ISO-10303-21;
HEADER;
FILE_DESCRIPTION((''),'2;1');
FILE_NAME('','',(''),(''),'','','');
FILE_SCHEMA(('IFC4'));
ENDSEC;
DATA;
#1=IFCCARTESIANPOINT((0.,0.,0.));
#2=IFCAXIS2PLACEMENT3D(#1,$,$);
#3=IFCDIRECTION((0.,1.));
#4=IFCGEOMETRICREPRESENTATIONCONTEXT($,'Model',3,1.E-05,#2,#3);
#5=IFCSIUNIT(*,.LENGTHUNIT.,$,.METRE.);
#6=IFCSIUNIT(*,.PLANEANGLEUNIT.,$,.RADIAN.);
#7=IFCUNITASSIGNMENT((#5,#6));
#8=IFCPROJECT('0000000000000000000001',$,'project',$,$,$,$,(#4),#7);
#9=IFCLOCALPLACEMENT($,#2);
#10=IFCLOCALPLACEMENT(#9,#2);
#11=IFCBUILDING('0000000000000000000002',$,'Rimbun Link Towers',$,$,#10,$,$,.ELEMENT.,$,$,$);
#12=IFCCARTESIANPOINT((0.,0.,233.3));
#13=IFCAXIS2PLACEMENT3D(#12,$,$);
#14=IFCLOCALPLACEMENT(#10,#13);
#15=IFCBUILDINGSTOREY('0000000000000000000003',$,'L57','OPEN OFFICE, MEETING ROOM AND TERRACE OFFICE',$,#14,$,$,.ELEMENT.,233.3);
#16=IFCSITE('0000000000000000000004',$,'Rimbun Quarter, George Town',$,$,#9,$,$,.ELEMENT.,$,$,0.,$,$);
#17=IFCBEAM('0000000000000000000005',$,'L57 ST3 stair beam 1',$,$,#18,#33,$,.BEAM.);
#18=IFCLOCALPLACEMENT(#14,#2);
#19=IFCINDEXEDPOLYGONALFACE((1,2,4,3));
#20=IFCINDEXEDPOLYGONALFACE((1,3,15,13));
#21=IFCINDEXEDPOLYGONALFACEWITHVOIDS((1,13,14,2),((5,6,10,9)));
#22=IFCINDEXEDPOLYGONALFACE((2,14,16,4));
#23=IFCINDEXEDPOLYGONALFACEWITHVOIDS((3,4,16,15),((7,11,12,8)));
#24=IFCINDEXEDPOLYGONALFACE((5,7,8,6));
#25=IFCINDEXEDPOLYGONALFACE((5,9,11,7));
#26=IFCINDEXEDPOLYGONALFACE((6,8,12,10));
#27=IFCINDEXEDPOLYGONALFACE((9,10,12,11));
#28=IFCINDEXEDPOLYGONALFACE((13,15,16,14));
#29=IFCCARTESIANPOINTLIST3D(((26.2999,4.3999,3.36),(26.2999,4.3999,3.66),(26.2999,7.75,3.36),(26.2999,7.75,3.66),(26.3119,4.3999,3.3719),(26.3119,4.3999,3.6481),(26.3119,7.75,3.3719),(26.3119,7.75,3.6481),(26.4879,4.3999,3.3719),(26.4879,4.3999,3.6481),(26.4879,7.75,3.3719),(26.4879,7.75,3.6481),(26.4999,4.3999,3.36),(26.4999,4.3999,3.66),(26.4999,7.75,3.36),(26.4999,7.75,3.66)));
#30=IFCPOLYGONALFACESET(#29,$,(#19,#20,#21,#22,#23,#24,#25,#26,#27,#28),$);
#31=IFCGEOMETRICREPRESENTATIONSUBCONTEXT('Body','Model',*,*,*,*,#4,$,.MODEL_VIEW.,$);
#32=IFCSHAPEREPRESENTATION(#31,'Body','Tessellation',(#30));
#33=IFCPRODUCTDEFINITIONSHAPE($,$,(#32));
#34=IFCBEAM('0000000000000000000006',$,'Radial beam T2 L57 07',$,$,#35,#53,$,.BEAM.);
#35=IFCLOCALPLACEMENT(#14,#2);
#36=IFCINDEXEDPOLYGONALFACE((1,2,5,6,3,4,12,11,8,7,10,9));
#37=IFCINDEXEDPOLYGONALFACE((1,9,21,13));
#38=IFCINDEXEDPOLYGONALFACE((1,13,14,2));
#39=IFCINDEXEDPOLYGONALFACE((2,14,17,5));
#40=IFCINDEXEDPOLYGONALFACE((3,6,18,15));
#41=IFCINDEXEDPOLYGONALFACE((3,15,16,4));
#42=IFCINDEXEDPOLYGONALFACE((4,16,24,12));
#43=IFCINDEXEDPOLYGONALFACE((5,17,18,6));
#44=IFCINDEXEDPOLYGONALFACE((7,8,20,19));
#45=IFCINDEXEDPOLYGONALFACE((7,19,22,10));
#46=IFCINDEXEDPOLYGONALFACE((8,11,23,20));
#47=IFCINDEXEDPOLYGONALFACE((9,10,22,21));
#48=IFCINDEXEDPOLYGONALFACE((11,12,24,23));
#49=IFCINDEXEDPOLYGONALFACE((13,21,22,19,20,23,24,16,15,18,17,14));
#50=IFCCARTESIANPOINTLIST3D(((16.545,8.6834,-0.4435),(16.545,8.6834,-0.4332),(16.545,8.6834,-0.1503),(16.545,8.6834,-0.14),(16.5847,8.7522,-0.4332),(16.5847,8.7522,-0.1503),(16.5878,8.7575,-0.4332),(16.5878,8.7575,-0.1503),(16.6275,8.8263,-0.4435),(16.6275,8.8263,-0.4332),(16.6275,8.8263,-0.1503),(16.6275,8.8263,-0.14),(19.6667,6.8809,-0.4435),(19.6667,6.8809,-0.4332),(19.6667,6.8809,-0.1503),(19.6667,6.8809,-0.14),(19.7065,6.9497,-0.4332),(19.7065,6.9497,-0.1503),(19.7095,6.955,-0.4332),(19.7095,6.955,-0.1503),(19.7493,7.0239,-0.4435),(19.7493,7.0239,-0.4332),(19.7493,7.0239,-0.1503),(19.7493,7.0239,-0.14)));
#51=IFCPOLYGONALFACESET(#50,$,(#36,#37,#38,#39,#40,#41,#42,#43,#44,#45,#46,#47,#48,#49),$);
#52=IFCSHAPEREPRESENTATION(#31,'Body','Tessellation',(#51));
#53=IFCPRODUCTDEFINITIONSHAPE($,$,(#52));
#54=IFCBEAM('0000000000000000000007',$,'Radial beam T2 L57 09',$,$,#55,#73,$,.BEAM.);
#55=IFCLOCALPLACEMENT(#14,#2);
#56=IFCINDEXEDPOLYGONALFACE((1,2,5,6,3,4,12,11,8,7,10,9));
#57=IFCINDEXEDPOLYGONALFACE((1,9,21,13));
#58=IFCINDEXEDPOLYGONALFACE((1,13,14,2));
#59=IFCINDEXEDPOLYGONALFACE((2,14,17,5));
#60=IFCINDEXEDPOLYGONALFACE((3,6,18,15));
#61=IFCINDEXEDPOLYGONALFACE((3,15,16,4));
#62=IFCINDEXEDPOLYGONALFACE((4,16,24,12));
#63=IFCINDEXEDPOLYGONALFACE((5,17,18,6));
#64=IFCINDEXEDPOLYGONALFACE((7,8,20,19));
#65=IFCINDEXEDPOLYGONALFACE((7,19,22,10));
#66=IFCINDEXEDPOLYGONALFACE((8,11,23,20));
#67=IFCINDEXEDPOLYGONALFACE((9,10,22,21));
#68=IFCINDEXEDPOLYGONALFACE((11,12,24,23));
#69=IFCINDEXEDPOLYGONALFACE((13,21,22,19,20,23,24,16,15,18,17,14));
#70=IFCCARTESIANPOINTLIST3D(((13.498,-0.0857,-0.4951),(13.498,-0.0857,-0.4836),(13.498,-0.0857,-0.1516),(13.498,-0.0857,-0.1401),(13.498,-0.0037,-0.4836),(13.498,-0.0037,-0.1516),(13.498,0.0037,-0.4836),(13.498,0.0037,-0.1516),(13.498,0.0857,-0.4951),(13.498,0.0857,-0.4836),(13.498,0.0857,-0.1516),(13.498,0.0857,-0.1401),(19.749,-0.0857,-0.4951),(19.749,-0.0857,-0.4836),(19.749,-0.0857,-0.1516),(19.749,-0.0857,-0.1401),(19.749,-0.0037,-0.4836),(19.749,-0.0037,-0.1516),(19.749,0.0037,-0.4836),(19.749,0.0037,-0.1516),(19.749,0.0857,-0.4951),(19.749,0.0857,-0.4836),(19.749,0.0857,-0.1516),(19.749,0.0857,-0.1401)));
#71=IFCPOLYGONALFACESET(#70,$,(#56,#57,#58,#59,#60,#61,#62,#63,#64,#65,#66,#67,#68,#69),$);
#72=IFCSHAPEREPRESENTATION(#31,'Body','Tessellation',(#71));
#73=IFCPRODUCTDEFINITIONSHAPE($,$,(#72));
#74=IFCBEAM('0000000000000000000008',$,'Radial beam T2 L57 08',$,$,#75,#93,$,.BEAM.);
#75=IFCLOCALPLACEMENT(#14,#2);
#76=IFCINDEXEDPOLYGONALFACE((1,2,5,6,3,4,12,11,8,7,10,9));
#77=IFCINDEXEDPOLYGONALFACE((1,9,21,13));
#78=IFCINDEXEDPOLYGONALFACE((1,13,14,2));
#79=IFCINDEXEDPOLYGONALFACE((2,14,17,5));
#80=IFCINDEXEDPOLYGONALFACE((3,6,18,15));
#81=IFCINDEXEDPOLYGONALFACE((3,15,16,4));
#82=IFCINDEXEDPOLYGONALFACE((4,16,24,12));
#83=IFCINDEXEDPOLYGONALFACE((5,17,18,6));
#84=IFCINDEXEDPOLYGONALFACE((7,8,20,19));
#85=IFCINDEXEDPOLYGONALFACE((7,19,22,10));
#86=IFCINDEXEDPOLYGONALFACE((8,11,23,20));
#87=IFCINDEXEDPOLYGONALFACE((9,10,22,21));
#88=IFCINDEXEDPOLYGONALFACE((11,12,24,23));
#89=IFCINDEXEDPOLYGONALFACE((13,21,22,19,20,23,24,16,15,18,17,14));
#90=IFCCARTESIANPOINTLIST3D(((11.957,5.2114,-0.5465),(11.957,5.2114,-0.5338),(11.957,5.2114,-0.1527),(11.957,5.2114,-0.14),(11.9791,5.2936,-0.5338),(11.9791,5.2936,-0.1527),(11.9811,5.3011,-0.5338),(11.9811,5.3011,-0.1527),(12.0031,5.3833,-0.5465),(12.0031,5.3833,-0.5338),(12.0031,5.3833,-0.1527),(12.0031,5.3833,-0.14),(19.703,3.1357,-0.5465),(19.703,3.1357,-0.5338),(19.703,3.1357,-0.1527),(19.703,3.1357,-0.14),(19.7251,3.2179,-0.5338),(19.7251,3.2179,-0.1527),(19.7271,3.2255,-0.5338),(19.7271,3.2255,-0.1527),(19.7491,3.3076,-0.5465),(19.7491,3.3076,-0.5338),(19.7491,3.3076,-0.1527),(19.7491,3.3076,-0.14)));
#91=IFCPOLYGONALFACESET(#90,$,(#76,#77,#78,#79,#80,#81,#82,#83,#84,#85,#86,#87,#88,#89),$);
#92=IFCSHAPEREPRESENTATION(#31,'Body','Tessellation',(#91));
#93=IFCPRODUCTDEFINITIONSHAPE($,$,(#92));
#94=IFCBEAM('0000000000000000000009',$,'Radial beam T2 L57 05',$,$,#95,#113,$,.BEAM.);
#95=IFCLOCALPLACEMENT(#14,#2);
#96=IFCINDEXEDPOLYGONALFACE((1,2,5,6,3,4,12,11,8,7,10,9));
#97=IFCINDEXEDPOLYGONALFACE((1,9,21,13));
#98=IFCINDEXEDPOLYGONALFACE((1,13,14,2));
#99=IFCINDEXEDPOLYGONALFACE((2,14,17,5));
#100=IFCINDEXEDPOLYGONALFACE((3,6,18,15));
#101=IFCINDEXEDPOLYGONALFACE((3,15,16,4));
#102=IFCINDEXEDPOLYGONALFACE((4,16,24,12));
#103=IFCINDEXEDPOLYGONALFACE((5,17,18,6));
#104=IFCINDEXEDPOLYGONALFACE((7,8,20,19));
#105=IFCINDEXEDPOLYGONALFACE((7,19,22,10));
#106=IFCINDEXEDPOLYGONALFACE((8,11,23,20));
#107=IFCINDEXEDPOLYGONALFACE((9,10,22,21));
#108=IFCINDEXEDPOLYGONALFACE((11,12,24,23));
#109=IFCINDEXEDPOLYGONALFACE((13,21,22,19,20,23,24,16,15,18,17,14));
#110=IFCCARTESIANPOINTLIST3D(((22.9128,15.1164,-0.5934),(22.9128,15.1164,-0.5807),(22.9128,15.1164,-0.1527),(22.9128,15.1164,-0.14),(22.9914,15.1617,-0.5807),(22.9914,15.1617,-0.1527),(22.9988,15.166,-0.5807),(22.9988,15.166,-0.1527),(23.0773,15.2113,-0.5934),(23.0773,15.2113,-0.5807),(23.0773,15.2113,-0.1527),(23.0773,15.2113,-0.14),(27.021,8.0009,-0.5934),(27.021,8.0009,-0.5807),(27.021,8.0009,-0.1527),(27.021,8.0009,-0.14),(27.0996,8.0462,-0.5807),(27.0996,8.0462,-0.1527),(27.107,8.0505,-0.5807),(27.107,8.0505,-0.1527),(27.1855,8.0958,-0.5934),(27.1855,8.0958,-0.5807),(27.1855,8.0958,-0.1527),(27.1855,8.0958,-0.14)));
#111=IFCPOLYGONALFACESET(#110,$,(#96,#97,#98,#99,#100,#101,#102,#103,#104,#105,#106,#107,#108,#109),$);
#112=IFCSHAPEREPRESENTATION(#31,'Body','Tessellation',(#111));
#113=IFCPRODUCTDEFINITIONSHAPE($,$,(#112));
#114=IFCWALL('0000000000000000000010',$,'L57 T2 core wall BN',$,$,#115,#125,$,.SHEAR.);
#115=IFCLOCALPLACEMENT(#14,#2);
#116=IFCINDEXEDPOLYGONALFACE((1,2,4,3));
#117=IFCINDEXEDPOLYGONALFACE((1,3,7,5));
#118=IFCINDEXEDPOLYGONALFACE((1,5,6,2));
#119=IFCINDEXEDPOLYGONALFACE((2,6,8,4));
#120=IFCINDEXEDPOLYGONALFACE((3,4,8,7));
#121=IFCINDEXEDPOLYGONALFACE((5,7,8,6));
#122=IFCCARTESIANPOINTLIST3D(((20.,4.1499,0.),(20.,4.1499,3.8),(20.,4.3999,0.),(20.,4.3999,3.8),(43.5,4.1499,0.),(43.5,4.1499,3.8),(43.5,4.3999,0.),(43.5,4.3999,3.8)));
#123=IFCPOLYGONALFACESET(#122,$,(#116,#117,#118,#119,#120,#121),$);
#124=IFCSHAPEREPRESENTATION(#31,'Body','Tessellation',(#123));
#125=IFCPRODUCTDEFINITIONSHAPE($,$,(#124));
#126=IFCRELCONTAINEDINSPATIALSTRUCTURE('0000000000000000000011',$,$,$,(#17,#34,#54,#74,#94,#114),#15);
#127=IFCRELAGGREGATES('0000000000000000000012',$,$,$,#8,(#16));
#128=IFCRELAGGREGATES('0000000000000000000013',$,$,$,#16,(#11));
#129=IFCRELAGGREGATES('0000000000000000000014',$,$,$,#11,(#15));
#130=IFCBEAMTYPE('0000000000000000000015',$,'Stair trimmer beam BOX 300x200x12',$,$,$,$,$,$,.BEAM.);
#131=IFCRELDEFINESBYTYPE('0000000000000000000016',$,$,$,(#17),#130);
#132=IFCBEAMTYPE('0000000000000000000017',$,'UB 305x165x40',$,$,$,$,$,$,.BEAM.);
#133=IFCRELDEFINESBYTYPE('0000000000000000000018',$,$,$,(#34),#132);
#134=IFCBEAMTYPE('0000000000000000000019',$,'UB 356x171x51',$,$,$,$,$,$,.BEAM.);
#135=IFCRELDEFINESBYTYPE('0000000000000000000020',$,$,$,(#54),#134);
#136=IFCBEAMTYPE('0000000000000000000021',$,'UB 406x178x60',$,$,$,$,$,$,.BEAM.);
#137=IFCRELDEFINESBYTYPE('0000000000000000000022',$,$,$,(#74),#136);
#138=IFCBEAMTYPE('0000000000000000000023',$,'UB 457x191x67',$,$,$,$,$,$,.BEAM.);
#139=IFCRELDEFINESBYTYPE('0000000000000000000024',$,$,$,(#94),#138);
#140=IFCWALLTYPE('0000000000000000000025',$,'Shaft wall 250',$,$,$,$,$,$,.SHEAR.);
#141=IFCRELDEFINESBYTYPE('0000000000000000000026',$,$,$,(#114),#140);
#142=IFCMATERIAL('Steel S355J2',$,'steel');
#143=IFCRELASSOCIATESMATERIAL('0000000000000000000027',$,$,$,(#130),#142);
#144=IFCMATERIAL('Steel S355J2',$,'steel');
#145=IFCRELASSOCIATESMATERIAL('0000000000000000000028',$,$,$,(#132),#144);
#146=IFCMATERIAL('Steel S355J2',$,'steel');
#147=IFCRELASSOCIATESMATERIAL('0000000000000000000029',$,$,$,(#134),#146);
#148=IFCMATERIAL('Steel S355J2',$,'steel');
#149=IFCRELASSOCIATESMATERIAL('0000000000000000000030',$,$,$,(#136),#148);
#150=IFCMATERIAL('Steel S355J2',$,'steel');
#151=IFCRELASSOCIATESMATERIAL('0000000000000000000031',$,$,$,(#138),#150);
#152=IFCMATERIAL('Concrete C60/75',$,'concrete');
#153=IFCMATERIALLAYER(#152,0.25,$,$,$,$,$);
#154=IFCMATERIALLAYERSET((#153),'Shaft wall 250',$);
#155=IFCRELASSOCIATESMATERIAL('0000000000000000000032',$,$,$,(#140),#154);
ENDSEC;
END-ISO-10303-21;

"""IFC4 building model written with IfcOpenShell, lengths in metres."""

from ifc_helpers import new_model, si_unit, direction, frame, frame_2d, origin, origin_2d, place, context, subcontext, project, spatial, rectangle, hollow_rectangle, i_section, extrude, material, layer, layer_set, material_profile, profile_set, type_object, element, save


model = new_model("IFC4")

# Units and contexts
model_context = context("Model", 3, precision=1e-05, world=origin(), true_north=direction((0.0, 1.0)))
body_context = subcontext(model_context, "Body", "Model", "MODEL_VIEW")
ifc_project = project(units=[si_unit("LENGTHUNIT", "METRE"), si_unit("PLANEANGLEUNIT", "RADIAN")], contexts=[model_context])

# Site, building, storey
site_placement = place(None, origin())
site = spatial("IfcSite", under=ifc_project, at=site_placement, Name="Rimbun Quarter, George Town", CompositionType="ELEMENT", RefElevation=0.0)
building_placement = place(site_placement, origin())
building = spatial("IfcBuilding", under=site, at=building_placement, Name="Rimbun Link Towers", CompositionType="ELEMENT")
storey_placement = place(building_placement, frame((0.0, 0.0, 233.3)))
storey = spatial("IfcBuildingStorey", under=building, at=storey_placement, Name="L57", Description="OPEN OFFICE, MEETING ROOM AND TERRACE OFFICE", CompositionType="ELEMENT", Elevation=233.3)

# Beams
ifc_material_1 = material(Name="Steel S355J2", Category="steel")
ifc_material_profile_1 = material_profile(ifc_material_1, hollow_rectangle(XDim=0.2, YDim=0.3, WallThickness=0.012, at=origin_2d()), Name="BOX 300x200x12")
ifc_profile_set_1 = profile_set([ifc_material_profile_1], Name="Steel S355J2")
beam_type_1 = type_object("IfcBeamType", Name="Stair trimmer beam BOX 300x200x12", PredefinedType="BEAM", material=ifc_profile_set_1)
beam_1_placement = place(storey_placement, frame((26.3999, 7.75, 3.51), z_axis=(0.0, -1.0, 0.0), x_axis=(1.0, 0.0, 0.0)))
element("IfcBeam", 1, at=beam_1_placement, inside=storey, type_object=beam_type_1, Name="L57 ST3 stair beam 1", PredefinedType="BEAM", context=body_context, shape_type="SweptSolid", body=[
    extrude(hollow_rectangle(XDim=0.2, YDim=0.3, WallThickness=0.012, at=origin_2d()), origin(), (0.0, 0.0, 1.0), 3.3501),
])
ifc_material_2 = material(Name="Steel S355J2", Category="steel")
ifc_material_profile_2 = material_profile(ifc_material_2, i_section(OverallWidth=0.165, OverallDepth=0.3035, WebThickness=0.0061, FlangeThickness=0.0103, at=origin_2d()), Name="UB 305x165x40")
ifc_profile_set_2 = profile_set([ifc_material_profile_2], Name="Steel S355J2")
beam_type_2 = type_object("IfcBeamType", Name="UB 305x165x40", PredefinedType="BEAM", material=ifc_profile_set_2)
beam_2_placement = place(storey_placement, frame((19.708, 6.9524, -0.2917), z_axis=(-0.866013, 0.500021, 0.0), x_axis=(-0.500021, -0.866013, 0.0)))
element("IfcBeam", 2, at=beam_2_placement, inside=storey, type_object=beam_type_2, Name="Radial beam T2 L57 07", PredefinedType="BEAM", context=body_context, shape_type="SweptSolid", body=[
    extrude(i_section(OverallWidth=0.165, OverallDepth=0.3035, WebThickness=0.0061, FlangeThickness=0.0103, at=origin_2d()), origin(), (0.0, 0.0, 1.0), 3.6047),
])
ifc_material_3 = material(Name="Steel S355J2", Category="steel")
ifc_material_profile_3 = material_profile(ifc_material_3, i_section(OverallWidth=0.1714, OverallDepth=0.355, WebThickness=0.0073, FlangeThickness=0.0115, at=origin_2d()), Name="UB 356x171x51")
ifc_profile_set_3 = profile_set([ifc_material_profile_3], Name="Steel S355J2")
beam_type_3 = type_object("IfcBeamType", Name="UB 356x171x51", PredefinedType="BEAM", material=ifc_profile_set_3)
beam_3_placement = place(storey_placement, frame((19.749, 0.0, -0.3176), z_axis=(-1.0, 0.0, 0.0), x_axis=(0.0, -1.0, 0.0)))
element("IfcBeam", 3, at=beam_3_placement, inside=storey, type_object=beam_type_3, Name="Radial beam T2 L57 09", PredefinedType="BEAM", context=body_context, shape_type="SweptSolid", body=[
    extrude(i_section(OverallWidth=0.1714, OverallDepth=0.355, WebThickness=0.0073, FlangeThickness=0.0115, at=origin_2d()), origin(), (0.0, 0.0, 1.0), 6.251),
])
ifc_material_4 = material(Name="Steel S355J2", Category="steel")
ifc_material_profile_4 = material_profile(ifc_material_4, i_section(OverallWidth=0.178, OverallDepth=0.4065, WebThickness=0.0078, FlangeThickness=0.0127, at=origin_2d()), Name="UB 406x178x60")
ifc_profile_set_4 = profile_set([ifc_material_profile_4], Name="Steel S355J2")
beam_type_4 = type_object("IfcBeamType", Name="UB 406x178x60", PredefinedType="BEAM", material=ifc_profile_set_4)
beam_4_placement = place(storey_placement, frame((19.7261, 3.2217, -0.3433), z_axis=(-0.965922, 0.258833, 0.0), x_axis=(-0.258833, -0.965922, 0.0)))
element("IfcBeam", 4, at=beam_4_placement, inside=storey, type_object=beam_type_4, Name="Radial beam T2 L57 08", PredefinedType="BEAM", context=body_context, shape_type="SweptSolid", body=[
    extrude(i_section(OverallWidth=0.178, OverallDepth=0.4065, WebThickness=0.0078, FlangeThickness=0.0127, at=origin_2d()), origin(), (0.0, 0.0, 1.0), 8.0193),
])
ifc_material_5 = material(Name="Steel S355J2", Category="steel")
ifc_material_profile_5 = material_profile(ifc_material_5, i_section(OverallWidth=0.1899, OverallDepth=0.4534, WebThickness=0.0085, FlangeThickness=0.0127, at=origin_2d()), Name="UB 457x191x67")
ifc_profile_set_5 = profile_set([ifc_material_profile_5], Name="Steel S355J2")
beam_type_5 = type_object("IfcBeamType", Name="UB 457x191x67", PredefinedType="BEAM", material=ifc_profile_set_5)
beam_5_placement = place(storey_placement, frame((27.1033, 8.0483, -0.3667), z_axis=(-0.500003, 0.866024, 0.0), x_axis=(-0.866024, -0.500003, 0.0)))
element("IfcBeam", 5, at=beam_5_placement, inside=storey, type_object=beam_type_5, Name="Radial beam T2 L57 05", PredefinedType="BEAM", context=body_context, shape_type="SweptSolid", body=[
    extrude(i_section(OverallWidth=0.1899, OverallDepth=0.4534, WebThickness=0.0085, FlangeThickness=0.0127, at=origin_2d()), origin(), (0.0, 0.0, 1.0), 8.2163),
])

# Wall
ifc_material_6 = material(Name="Concrete C60/75", Category="concrete")
ifc_layer = layer(ifc_material_6, 0.25)
ifc_layer_set = layer_set([ifc_layer], Name="Shaft wall 250")
wall_type = type_object("IfcWallType", Name="Shaft wall 250", PredefinedType="SHEAR", material=ifc_layer_set)
wall_1_placement = place(storey_placement, frame((20.0, 4.2749, 0.0), z_axis=(0.0, 0.0, 1.0), x_axis=(1.0, 0.0, 0.0)))
element("IfcWall", 6, at=wall_1_placement, inside=storey, type_object=wall_type, Name="L57 T2 core wall BN", PredefinedType="SHEAR", context=body_context, shape_type="SweptSolid", body=[
    extrude(rectangle(XDim=23.5, YDim=0.25, at=frame_2d((11.75, 0.0))), origin(), (0.0, 0.0, 1.0), 3.8),
])

save(model, "model.ifc")
